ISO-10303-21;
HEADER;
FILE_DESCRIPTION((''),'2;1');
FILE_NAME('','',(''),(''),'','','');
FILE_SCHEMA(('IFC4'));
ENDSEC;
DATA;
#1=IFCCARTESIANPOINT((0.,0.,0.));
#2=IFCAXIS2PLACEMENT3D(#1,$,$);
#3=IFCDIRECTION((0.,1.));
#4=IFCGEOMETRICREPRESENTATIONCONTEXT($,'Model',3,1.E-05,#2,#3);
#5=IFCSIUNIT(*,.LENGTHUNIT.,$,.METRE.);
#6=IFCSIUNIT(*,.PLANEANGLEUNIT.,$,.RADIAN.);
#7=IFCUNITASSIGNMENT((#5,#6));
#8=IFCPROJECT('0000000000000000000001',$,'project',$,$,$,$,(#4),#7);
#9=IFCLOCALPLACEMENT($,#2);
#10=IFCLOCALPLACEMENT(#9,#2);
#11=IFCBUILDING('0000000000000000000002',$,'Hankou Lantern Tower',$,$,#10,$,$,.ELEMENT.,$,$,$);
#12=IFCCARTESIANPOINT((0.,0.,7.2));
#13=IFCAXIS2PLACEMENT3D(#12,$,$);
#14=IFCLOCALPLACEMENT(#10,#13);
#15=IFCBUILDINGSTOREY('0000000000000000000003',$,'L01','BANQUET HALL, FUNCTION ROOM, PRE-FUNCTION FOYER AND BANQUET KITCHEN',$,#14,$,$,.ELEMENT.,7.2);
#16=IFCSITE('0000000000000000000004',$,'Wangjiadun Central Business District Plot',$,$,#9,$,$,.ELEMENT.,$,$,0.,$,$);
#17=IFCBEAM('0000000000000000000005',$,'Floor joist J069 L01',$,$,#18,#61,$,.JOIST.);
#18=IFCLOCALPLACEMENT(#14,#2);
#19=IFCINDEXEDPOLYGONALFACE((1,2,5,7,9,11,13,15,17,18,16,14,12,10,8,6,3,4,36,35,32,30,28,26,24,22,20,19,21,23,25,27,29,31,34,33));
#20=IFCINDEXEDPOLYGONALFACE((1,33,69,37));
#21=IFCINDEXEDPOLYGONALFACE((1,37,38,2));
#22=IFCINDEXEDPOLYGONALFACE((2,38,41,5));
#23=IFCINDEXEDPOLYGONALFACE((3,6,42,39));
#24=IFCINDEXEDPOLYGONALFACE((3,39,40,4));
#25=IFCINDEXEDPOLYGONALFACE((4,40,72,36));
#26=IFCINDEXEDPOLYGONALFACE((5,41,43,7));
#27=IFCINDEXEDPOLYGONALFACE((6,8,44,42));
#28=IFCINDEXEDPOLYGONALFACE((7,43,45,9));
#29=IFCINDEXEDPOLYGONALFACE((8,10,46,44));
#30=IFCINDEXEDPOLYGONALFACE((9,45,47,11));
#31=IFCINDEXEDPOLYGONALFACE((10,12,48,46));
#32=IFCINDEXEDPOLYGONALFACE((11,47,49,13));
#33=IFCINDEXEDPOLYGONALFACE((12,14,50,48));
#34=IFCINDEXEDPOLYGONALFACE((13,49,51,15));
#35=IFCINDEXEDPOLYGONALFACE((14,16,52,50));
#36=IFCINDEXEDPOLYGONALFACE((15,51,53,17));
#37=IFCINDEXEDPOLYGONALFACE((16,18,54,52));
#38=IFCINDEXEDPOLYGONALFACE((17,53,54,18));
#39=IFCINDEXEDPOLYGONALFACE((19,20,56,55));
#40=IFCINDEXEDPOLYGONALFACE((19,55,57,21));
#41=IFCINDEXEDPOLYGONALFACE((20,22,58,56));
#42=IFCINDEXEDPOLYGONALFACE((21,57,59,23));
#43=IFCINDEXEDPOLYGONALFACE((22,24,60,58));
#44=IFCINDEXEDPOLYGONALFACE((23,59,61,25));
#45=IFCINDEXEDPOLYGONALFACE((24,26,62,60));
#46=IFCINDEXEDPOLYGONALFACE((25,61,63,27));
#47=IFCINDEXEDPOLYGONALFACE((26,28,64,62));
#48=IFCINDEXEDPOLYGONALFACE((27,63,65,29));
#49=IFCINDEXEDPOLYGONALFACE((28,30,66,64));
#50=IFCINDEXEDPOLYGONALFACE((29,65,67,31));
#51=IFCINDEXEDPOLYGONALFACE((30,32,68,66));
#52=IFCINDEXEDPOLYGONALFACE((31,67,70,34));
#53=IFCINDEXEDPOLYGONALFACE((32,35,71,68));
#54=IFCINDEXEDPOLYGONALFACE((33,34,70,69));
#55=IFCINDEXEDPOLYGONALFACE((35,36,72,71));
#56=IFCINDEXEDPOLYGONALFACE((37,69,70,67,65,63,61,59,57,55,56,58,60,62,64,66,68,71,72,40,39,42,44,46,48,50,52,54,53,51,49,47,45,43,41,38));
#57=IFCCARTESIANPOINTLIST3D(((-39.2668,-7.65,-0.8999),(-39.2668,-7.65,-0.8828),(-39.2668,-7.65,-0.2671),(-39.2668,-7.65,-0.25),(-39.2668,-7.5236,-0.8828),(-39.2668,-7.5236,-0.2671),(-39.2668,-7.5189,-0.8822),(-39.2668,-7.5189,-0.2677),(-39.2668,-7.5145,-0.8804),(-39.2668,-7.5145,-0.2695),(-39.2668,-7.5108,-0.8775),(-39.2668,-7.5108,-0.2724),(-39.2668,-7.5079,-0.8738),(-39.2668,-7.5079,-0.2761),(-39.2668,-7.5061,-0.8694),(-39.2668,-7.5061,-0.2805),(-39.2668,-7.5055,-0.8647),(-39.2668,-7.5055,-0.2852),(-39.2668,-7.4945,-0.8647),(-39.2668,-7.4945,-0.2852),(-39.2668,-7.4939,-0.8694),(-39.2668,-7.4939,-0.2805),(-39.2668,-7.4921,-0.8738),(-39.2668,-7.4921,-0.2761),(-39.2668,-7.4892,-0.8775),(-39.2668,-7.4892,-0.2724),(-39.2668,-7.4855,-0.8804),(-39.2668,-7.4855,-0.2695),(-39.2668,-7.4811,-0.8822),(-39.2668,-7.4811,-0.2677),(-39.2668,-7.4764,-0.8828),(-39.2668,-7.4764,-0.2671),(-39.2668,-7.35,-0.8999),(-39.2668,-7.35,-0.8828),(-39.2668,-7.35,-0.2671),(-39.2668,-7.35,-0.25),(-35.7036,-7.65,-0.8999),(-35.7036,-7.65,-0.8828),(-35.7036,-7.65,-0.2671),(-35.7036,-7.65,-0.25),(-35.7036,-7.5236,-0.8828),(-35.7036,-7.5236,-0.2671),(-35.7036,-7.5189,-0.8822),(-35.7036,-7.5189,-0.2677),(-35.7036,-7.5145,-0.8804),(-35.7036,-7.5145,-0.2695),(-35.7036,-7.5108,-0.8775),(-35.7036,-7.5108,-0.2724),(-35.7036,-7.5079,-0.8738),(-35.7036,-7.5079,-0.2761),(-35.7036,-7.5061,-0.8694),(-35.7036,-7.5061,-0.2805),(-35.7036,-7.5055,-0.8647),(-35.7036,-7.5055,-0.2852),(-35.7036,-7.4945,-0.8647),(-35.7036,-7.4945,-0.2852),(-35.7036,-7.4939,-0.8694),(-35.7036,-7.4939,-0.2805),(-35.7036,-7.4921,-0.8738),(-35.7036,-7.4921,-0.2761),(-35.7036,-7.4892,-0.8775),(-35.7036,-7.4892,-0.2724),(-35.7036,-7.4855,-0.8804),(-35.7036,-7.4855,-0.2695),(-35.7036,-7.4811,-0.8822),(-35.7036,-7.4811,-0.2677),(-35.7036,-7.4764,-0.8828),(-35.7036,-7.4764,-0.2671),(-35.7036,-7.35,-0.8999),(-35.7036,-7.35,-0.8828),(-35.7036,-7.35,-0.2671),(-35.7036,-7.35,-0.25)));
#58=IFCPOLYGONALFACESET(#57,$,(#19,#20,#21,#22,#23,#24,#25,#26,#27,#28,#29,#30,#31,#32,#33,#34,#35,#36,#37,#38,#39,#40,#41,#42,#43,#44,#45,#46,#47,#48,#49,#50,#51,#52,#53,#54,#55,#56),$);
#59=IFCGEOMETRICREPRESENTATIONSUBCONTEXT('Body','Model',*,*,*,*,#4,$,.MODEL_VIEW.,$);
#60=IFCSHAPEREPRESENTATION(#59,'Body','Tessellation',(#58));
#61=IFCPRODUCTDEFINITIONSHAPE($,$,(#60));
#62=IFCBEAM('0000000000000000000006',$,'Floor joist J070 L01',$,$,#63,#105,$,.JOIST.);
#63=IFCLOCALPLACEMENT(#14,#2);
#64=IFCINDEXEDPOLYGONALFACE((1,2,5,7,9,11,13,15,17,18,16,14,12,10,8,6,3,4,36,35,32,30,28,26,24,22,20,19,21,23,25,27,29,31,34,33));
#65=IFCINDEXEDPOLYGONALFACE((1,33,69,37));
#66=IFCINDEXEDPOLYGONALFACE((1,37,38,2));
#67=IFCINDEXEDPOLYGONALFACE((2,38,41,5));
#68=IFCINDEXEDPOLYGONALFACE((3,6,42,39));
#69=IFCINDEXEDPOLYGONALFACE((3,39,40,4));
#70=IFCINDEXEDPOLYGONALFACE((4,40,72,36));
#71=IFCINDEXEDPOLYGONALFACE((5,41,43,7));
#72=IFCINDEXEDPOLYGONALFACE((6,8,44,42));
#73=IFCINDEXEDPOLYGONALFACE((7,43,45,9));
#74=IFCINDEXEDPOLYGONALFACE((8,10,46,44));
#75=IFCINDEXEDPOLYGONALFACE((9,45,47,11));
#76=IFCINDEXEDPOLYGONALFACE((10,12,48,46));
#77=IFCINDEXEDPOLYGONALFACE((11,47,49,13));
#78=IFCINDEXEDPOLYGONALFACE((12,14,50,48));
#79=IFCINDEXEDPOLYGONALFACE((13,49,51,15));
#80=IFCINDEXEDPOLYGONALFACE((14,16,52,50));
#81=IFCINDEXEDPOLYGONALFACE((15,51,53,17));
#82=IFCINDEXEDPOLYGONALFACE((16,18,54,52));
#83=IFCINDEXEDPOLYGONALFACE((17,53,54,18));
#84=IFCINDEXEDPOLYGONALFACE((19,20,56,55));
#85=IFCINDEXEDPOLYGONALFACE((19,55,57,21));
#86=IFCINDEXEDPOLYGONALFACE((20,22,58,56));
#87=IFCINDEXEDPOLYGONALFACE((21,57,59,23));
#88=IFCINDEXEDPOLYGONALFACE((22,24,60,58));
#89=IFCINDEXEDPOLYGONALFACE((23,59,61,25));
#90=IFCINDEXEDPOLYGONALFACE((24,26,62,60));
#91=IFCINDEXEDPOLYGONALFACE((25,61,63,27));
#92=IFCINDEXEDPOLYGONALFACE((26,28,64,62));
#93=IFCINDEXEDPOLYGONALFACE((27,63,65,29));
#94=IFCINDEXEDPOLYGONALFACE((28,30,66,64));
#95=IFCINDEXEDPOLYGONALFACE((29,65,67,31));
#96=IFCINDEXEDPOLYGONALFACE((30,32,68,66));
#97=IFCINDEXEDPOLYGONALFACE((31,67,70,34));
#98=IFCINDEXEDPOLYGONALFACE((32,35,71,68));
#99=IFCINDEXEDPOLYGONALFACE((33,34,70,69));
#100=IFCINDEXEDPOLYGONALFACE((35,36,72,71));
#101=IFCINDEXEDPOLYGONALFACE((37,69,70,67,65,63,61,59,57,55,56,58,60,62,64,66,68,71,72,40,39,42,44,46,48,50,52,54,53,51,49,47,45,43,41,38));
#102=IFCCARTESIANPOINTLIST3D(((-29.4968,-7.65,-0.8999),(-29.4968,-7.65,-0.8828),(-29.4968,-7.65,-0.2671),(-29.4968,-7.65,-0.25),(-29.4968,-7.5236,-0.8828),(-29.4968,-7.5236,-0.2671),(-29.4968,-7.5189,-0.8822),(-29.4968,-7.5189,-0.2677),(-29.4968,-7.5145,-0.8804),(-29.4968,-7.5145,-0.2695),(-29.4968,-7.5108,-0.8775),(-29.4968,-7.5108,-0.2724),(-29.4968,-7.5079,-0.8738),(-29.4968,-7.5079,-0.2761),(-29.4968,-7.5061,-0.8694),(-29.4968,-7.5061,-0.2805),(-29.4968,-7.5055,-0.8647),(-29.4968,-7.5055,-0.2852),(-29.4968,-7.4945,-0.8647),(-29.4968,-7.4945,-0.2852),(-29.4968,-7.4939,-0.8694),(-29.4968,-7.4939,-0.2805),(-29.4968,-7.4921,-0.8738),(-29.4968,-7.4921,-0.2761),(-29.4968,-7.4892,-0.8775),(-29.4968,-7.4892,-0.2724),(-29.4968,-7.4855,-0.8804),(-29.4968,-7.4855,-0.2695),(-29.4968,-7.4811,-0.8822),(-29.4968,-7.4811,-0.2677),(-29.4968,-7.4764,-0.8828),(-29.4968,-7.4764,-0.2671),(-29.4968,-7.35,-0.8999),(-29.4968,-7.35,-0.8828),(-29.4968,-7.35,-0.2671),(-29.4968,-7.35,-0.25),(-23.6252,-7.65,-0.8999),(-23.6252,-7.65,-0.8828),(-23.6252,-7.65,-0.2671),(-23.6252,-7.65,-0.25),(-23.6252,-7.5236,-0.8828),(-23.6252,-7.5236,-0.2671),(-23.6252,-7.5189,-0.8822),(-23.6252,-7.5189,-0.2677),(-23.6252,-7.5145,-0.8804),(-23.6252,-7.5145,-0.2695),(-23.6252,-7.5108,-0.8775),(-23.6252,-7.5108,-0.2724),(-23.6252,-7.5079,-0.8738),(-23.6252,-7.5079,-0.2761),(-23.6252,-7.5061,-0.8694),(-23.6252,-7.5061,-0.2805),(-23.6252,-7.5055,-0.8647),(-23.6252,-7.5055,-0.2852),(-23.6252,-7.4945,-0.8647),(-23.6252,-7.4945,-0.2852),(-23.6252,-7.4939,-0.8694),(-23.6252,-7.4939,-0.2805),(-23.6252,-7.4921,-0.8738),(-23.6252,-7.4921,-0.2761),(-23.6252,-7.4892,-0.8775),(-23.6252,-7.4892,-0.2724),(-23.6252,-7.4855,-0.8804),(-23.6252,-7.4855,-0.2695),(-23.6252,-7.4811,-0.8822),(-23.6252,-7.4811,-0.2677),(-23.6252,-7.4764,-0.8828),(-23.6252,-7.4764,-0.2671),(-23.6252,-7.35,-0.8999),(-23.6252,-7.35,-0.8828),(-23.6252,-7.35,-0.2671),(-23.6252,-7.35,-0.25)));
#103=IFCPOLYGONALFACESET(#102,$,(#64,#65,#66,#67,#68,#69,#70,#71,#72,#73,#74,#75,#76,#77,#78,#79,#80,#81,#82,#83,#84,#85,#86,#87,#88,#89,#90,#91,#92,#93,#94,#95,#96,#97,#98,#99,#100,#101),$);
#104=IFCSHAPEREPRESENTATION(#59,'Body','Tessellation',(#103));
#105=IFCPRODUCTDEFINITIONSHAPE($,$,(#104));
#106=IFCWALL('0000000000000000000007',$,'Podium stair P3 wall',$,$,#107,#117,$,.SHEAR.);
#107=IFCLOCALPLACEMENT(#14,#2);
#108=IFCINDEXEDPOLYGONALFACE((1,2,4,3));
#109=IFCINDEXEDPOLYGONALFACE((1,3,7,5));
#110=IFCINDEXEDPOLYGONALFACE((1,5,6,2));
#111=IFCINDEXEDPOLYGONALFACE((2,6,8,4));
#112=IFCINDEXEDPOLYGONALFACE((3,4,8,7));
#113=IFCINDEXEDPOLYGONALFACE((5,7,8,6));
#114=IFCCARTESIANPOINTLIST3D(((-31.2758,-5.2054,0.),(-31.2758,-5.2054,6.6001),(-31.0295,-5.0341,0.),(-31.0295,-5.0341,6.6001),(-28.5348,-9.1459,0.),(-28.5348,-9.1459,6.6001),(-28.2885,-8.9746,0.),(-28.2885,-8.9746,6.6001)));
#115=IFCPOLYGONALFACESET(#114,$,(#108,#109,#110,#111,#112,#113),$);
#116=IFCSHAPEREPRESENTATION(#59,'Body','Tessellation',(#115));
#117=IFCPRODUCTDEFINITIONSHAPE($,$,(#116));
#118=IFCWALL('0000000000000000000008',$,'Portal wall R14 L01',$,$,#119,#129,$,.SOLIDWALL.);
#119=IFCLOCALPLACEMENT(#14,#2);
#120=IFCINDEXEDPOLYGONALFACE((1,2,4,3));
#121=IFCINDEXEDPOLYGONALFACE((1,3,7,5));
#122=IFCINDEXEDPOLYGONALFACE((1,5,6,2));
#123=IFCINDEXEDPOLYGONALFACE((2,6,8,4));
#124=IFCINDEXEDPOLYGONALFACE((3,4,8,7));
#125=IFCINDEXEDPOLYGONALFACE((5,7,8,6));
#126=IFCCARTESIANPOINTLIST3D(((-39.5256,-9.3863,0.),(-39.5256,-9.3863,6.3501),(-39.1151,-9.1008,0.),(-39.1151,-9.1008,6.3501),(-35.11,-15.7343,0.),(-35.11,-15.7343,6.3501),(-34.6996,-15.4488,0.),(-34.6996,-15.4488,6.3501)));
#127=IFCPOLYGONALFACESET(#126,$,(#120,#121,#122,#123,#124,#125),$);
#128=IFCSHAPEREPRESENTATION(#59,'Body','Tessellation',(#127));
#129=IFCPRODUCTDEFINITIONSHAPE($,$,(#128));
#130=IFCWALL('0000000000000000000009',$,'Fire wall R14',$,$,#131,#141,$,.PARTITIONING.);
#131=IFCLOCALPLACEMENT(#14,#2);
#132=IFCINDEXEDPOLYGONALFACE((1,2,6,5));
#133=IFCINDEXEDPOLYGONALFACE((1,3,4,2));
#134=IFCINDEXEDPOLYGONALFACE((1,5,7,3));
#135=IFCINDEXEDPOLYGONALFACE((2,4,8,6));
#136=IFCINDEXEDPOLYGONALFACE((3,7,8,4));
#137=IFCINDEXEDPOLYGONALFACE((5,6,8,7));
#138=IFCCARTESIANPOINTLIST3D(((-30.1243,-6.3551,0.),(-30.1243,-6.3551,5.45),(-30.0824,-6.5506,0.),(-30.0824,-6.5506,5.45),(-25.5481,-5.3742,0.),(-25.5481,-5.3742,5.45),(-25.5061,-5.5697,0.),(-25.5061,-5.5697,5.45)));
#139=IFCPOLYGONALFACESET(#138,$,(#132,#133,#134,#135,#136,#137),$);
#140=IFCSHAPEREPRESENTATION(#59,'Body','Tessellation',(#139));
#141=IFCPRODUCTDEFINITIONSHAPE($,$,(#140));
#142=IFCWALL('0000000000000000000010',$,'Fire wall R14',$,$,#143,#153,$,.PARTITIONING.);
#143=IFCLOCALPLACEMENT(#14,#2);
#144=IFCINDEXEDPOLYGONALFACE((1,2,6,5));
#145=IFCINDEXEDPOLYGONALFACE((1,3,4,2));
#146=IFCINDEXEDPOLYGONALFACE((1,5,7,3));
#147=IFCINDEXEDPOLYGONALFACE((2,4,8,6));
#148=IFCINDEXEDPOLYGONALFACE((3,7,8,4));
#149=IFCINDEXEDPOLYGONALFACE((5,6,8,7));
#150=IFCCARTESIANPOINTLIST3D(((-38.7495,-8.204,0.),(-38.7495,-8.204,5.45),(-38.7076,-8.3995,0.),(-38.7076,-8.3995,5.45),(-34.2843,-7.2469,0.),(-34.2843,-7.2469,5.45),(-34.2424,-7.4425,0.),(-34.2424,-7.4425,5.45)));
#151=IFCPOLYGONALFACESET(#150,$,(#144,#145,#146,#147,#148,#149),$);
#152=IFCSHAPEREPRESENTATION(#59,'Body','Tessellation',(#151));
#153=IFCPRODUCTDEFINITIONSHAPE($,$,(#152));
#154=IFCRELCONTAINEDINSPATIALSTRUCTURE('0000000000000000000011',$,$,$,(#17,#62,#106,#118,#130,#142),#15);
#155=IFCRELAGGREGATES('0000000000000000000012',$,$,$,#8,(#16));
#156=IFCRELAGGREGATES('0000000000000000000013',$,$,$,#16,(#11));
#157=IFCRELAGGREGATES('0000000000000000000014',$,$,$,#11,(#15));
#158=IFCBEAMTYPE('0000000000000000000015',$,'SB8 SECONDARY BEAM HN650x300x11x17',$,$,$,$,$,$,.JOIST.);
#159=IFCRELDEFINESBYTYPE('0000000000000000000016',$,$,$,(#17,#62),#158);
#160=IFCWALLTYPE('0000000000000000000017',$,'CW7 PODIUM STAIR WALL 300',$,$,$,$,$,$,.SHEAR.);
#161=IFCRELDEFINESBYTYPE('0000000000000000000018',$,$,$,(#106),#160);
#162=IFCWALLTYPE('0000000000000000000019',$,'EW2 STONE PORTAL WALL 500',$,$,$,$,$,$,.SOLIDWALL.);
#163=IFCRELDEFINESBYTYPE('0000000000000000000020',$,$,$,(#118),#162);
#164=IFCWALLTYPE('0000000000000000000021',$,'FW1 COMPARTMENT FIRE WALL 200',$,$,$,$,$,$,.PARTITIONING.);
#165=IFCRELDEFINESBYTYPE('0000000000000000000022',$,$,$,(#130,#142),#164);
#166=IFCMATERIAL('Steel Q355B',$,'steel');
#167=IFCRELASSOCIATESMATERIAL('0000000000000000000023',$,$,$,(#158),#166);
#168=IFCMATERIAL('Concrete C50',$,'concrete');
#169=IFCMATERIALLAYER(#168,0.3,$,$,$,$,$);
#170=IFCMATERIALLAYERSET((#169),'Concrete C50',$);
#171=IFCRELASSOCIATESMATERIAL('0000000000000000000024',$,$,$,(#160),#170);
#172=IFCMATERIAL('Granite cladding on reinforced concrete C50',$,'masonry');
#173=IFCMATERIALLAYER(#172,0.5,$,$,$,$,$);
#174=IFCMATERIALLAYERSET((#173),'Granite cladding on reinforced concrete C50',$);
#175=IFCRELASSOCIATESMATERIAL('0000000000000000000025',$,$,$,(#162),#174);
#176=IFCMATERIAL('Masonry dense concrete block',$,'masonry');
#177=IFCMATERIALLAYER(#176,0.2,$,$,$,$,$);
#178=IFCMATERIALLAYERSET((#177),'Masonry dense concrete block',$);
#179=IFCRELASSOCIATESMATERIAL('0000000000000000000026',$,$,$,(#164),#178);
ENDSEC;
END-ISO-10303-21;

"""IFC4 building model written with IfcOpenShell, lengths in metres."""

from ifc_helpers import new_model, si_unit, direction, frame, frame_2d, origin, origin_2d, place, context, subcontext, project, spatial, rectangle, i_section, extrude, material, layer, layer_set, material_profile, profile_set, type_object, element, save


model = new_model("IFC4")

# Units and contexts
model_context = context("Model", 3, precision=1e-05, world=origin(), true_north=direction((0.0, 1.0)))
body_context = subcontext(model_context, "Body", "Model", "MODEL_VIEW")
ifc_project = project(units=[si_unit("LENGTHUNIT", "METRE"), si_unit("PLANEANGLEUNIT", "RADIAN")], contexts=[model_context])

# Site, building, storey
site_placement = place(None, origin())
site = spatial("IfcSite", under=ifc_project, at=site_placement, Name="Wangjiadun Central Business District Plot", CompositionType="ELEMENT", RefElevation=0.0)
building_placement = place(site_placement, origin())
building = spatial("IfcBuilding", under=site, at=building_placement, Name="Hankou Lantern Tower", CompositionType="ELEMENT")
storey_placement = place(building_placement, frame((0.0, 0.0, 7.2)))
storey = spatial("IfcBuildingStorey", under=building, at=storey_placement, Name="L01", Description="BANQUET HALL, FUNCTION ROOM, PRE-FUNCTION FOYER AND BANQUET KITCHEN", CompositionType="ELEMENT", Elevation=7.2)

# Beams
ifc_material_1 = material(Name="Steel Q355B", Category="steel")
ifc_material_profile_1 = material_profile(ifc_material_1, i_section(OverallWidth=0.3, OverallDepth=0.6499, WebThickness=0.011, FlangeThickness=0.0171, FilletRadius=0.0181, at=origin_2d()), Name="HN650x300x11x17")
ifc_profile_set_1 = profile_set([ifc_material_profile_1], Name="Steel Q355B")
beam_type_1 = type_object("IfcBeamType", Name="SB8 SECONDARY BEAM HN650x300x11x17", PredefinedType="JOIST", material=ifc_profile_set_1)
beam_1_placement = place(storey_placement, frame((-39.2668, -7.5, -0.575), z_axis=(1.0, 0.0, 0.0), x_axis=(0.0, 1.0, 0.0)))
element("IfcBeam", 1, at=beam_1_placement, inside=storey, type_object=beam_type_1, Name="Floor joist J069 L01", PredefinedType="JOIST", context=body_context, shape_type="SweptSolid", body=[
    extrude(i_section(OverallWidth=0.3, OverallDepth=0.6499, WebThickness=0.011, FlangeThickness=0.0171, FilletRadius=0.0181, at=origin_2d()), origin(), (0.0, 0.0, 1.0), 3.5632),
])
beam_2_placement = place(storey_placement, frame((-29.4968, -7.5, -0.575), z_axis=(1.0, 0.0, 0.0), x_axis=(0.0, 1.0, 0.0)))
element("IfcBeam", 2, at=beam_2_placement, inside=storey, type_object=beam_type_1, Name="Floor joist J070 L01", PredefinedType="JOIST", context=body_context, shape_type="SweptSolid", body=[
    extrude(i_section(OverallWidth=0.3, OverallDepth=0.6499, WebThickness=0.011, FlangeThickness=0.0171, FilletRadius=0.0181, at=origin_2d()), origin(), (0.0, 0.0, 1.0), 5.8716),
])

# Walls
ifc_material_2 = material(Name="Concrete C50", Category="concrete")
ifc_layer_1 = layer(ifc_material_2, 0.3)
ifc_layer_set_1 = layer_set([ifc_layer_1], Name="Concrete C50")
wall_type_1 = type_object("IfcWallType", Name="CW7 PODIUM STAIR WALL 300", PredefinedType="SHEAR", material=ifc_layer_set_1)
wall_1_placement = place(storey_placement, frame((-31.1526, -5.1199, 0.0), z_axis=(0.0, 0.0, 1.0), x_axis=(0.571036, -0.820925, 0.0)))
element("IfcWall", 3, at=wall_1_placement, inside=storey, type_object=wall_type_1, Name="Podium stair P3 wall", PredefinedType="SHEAR", context=body_context, shape_type="SweptSolid", body=[
    extrude(rectangle(XDim=4.8, YDim=0.3, at=frame_2d((2.3999, 0.0))), origin(), (0.0, 0.0, 1.0), 6.6001),
])
ifc_material_3 = material(Name="Granite cladding on reinforced concrete C50", Category="masonry")
ifc_layer_2 = layer(ifc_material_3, 0.5)
ifc_layer_set_2 = layer_set([ifc_layer_2], Name="Granite cladding on reinforced concrete C50")
wall_type_2 = type_object("IfcWallType", Name="EW2 STONE PORTAL WALL 500", PredefinedType="SOLIDWALL", material=ifc_layer_set_2)
wall_2_placement = place(storey_placement, frame((-39.3203, -9.2437, 0.0), z_axis=(0.0, 0.0, 1.0), x_axis=(0.571029, -0.82093, 0.0)))
element("IfcWall", 4, at=wall_2_placement, inside=storey, type_object=wall_type_2, Name="Portal wall R14 L01", PredefinedType="SOLIDWALL", context=body_context, shape_type="SweptSolid", body=[
    extrude(rectangle(XDim=7.7327, YDim=0.5, at=frame_2d((3.8662, 0.0))), origin(), (0.0, 0.0, 1.0), 6.3501),
])
ifc_material_4 = material(Name="Masonry dense concrete block", Category="masonry")
ifc_layer_3 = layer(ifc_material_4, 0.2)
ifc_layer_set_3 = layer_set([ifc_layer_3], Name="Masonry dense concrete block")
wall_type_3 = type_object("IfcWallType", Name="FW1 COMPARTMENT FIRE WALL 200", PredefinedType="PARTITIONING", material=ifc_layer_set_3)
wall_3_placement = place(storey_placement, frame((-25.5271, -5.4719, 0.0), z_axis=(0.0, 0.0, 1.0), x_axis=(-0.977787, -0.2096, 0.0)))
element("IfcWall", 5, at=wall_3_placement, inside=storey, type_object=wall_type_3, Name="Fire wall R14", PredefinedType="PARTITIONING", context=body_context, shape_type="SweptSolid", body=[
    extrude(rectangle(XDim=4.6802, YDim=0.2, at=frame_2d((2.3401, 0.0))), origin(), (0.0, 0.0, 1.0), 5.45),
])
wall_4_placement = place(storey_placement, frame((-34.2634, -7.3447, 0.0), z_axis=(0.0, 0.0, 1.0), x_axis=(-0.977795, -0.209566, 0.0)))
element("IfcWall", 6, at=wall_4_placement, inside=storey, type_object=wall_type_3, Name="Fire wall R14", PredefinedType="PARTITIONING", context=body_context, shape_type="SweptSolid", body=[
    extrude(rectangle(XDim=4.5667, YDim=0.2, at=frame_2d((2.2832, 0.0))), origin(), (0.0, 0.0, 1.0), 5.45),
])

save(model, "model.ifc")
